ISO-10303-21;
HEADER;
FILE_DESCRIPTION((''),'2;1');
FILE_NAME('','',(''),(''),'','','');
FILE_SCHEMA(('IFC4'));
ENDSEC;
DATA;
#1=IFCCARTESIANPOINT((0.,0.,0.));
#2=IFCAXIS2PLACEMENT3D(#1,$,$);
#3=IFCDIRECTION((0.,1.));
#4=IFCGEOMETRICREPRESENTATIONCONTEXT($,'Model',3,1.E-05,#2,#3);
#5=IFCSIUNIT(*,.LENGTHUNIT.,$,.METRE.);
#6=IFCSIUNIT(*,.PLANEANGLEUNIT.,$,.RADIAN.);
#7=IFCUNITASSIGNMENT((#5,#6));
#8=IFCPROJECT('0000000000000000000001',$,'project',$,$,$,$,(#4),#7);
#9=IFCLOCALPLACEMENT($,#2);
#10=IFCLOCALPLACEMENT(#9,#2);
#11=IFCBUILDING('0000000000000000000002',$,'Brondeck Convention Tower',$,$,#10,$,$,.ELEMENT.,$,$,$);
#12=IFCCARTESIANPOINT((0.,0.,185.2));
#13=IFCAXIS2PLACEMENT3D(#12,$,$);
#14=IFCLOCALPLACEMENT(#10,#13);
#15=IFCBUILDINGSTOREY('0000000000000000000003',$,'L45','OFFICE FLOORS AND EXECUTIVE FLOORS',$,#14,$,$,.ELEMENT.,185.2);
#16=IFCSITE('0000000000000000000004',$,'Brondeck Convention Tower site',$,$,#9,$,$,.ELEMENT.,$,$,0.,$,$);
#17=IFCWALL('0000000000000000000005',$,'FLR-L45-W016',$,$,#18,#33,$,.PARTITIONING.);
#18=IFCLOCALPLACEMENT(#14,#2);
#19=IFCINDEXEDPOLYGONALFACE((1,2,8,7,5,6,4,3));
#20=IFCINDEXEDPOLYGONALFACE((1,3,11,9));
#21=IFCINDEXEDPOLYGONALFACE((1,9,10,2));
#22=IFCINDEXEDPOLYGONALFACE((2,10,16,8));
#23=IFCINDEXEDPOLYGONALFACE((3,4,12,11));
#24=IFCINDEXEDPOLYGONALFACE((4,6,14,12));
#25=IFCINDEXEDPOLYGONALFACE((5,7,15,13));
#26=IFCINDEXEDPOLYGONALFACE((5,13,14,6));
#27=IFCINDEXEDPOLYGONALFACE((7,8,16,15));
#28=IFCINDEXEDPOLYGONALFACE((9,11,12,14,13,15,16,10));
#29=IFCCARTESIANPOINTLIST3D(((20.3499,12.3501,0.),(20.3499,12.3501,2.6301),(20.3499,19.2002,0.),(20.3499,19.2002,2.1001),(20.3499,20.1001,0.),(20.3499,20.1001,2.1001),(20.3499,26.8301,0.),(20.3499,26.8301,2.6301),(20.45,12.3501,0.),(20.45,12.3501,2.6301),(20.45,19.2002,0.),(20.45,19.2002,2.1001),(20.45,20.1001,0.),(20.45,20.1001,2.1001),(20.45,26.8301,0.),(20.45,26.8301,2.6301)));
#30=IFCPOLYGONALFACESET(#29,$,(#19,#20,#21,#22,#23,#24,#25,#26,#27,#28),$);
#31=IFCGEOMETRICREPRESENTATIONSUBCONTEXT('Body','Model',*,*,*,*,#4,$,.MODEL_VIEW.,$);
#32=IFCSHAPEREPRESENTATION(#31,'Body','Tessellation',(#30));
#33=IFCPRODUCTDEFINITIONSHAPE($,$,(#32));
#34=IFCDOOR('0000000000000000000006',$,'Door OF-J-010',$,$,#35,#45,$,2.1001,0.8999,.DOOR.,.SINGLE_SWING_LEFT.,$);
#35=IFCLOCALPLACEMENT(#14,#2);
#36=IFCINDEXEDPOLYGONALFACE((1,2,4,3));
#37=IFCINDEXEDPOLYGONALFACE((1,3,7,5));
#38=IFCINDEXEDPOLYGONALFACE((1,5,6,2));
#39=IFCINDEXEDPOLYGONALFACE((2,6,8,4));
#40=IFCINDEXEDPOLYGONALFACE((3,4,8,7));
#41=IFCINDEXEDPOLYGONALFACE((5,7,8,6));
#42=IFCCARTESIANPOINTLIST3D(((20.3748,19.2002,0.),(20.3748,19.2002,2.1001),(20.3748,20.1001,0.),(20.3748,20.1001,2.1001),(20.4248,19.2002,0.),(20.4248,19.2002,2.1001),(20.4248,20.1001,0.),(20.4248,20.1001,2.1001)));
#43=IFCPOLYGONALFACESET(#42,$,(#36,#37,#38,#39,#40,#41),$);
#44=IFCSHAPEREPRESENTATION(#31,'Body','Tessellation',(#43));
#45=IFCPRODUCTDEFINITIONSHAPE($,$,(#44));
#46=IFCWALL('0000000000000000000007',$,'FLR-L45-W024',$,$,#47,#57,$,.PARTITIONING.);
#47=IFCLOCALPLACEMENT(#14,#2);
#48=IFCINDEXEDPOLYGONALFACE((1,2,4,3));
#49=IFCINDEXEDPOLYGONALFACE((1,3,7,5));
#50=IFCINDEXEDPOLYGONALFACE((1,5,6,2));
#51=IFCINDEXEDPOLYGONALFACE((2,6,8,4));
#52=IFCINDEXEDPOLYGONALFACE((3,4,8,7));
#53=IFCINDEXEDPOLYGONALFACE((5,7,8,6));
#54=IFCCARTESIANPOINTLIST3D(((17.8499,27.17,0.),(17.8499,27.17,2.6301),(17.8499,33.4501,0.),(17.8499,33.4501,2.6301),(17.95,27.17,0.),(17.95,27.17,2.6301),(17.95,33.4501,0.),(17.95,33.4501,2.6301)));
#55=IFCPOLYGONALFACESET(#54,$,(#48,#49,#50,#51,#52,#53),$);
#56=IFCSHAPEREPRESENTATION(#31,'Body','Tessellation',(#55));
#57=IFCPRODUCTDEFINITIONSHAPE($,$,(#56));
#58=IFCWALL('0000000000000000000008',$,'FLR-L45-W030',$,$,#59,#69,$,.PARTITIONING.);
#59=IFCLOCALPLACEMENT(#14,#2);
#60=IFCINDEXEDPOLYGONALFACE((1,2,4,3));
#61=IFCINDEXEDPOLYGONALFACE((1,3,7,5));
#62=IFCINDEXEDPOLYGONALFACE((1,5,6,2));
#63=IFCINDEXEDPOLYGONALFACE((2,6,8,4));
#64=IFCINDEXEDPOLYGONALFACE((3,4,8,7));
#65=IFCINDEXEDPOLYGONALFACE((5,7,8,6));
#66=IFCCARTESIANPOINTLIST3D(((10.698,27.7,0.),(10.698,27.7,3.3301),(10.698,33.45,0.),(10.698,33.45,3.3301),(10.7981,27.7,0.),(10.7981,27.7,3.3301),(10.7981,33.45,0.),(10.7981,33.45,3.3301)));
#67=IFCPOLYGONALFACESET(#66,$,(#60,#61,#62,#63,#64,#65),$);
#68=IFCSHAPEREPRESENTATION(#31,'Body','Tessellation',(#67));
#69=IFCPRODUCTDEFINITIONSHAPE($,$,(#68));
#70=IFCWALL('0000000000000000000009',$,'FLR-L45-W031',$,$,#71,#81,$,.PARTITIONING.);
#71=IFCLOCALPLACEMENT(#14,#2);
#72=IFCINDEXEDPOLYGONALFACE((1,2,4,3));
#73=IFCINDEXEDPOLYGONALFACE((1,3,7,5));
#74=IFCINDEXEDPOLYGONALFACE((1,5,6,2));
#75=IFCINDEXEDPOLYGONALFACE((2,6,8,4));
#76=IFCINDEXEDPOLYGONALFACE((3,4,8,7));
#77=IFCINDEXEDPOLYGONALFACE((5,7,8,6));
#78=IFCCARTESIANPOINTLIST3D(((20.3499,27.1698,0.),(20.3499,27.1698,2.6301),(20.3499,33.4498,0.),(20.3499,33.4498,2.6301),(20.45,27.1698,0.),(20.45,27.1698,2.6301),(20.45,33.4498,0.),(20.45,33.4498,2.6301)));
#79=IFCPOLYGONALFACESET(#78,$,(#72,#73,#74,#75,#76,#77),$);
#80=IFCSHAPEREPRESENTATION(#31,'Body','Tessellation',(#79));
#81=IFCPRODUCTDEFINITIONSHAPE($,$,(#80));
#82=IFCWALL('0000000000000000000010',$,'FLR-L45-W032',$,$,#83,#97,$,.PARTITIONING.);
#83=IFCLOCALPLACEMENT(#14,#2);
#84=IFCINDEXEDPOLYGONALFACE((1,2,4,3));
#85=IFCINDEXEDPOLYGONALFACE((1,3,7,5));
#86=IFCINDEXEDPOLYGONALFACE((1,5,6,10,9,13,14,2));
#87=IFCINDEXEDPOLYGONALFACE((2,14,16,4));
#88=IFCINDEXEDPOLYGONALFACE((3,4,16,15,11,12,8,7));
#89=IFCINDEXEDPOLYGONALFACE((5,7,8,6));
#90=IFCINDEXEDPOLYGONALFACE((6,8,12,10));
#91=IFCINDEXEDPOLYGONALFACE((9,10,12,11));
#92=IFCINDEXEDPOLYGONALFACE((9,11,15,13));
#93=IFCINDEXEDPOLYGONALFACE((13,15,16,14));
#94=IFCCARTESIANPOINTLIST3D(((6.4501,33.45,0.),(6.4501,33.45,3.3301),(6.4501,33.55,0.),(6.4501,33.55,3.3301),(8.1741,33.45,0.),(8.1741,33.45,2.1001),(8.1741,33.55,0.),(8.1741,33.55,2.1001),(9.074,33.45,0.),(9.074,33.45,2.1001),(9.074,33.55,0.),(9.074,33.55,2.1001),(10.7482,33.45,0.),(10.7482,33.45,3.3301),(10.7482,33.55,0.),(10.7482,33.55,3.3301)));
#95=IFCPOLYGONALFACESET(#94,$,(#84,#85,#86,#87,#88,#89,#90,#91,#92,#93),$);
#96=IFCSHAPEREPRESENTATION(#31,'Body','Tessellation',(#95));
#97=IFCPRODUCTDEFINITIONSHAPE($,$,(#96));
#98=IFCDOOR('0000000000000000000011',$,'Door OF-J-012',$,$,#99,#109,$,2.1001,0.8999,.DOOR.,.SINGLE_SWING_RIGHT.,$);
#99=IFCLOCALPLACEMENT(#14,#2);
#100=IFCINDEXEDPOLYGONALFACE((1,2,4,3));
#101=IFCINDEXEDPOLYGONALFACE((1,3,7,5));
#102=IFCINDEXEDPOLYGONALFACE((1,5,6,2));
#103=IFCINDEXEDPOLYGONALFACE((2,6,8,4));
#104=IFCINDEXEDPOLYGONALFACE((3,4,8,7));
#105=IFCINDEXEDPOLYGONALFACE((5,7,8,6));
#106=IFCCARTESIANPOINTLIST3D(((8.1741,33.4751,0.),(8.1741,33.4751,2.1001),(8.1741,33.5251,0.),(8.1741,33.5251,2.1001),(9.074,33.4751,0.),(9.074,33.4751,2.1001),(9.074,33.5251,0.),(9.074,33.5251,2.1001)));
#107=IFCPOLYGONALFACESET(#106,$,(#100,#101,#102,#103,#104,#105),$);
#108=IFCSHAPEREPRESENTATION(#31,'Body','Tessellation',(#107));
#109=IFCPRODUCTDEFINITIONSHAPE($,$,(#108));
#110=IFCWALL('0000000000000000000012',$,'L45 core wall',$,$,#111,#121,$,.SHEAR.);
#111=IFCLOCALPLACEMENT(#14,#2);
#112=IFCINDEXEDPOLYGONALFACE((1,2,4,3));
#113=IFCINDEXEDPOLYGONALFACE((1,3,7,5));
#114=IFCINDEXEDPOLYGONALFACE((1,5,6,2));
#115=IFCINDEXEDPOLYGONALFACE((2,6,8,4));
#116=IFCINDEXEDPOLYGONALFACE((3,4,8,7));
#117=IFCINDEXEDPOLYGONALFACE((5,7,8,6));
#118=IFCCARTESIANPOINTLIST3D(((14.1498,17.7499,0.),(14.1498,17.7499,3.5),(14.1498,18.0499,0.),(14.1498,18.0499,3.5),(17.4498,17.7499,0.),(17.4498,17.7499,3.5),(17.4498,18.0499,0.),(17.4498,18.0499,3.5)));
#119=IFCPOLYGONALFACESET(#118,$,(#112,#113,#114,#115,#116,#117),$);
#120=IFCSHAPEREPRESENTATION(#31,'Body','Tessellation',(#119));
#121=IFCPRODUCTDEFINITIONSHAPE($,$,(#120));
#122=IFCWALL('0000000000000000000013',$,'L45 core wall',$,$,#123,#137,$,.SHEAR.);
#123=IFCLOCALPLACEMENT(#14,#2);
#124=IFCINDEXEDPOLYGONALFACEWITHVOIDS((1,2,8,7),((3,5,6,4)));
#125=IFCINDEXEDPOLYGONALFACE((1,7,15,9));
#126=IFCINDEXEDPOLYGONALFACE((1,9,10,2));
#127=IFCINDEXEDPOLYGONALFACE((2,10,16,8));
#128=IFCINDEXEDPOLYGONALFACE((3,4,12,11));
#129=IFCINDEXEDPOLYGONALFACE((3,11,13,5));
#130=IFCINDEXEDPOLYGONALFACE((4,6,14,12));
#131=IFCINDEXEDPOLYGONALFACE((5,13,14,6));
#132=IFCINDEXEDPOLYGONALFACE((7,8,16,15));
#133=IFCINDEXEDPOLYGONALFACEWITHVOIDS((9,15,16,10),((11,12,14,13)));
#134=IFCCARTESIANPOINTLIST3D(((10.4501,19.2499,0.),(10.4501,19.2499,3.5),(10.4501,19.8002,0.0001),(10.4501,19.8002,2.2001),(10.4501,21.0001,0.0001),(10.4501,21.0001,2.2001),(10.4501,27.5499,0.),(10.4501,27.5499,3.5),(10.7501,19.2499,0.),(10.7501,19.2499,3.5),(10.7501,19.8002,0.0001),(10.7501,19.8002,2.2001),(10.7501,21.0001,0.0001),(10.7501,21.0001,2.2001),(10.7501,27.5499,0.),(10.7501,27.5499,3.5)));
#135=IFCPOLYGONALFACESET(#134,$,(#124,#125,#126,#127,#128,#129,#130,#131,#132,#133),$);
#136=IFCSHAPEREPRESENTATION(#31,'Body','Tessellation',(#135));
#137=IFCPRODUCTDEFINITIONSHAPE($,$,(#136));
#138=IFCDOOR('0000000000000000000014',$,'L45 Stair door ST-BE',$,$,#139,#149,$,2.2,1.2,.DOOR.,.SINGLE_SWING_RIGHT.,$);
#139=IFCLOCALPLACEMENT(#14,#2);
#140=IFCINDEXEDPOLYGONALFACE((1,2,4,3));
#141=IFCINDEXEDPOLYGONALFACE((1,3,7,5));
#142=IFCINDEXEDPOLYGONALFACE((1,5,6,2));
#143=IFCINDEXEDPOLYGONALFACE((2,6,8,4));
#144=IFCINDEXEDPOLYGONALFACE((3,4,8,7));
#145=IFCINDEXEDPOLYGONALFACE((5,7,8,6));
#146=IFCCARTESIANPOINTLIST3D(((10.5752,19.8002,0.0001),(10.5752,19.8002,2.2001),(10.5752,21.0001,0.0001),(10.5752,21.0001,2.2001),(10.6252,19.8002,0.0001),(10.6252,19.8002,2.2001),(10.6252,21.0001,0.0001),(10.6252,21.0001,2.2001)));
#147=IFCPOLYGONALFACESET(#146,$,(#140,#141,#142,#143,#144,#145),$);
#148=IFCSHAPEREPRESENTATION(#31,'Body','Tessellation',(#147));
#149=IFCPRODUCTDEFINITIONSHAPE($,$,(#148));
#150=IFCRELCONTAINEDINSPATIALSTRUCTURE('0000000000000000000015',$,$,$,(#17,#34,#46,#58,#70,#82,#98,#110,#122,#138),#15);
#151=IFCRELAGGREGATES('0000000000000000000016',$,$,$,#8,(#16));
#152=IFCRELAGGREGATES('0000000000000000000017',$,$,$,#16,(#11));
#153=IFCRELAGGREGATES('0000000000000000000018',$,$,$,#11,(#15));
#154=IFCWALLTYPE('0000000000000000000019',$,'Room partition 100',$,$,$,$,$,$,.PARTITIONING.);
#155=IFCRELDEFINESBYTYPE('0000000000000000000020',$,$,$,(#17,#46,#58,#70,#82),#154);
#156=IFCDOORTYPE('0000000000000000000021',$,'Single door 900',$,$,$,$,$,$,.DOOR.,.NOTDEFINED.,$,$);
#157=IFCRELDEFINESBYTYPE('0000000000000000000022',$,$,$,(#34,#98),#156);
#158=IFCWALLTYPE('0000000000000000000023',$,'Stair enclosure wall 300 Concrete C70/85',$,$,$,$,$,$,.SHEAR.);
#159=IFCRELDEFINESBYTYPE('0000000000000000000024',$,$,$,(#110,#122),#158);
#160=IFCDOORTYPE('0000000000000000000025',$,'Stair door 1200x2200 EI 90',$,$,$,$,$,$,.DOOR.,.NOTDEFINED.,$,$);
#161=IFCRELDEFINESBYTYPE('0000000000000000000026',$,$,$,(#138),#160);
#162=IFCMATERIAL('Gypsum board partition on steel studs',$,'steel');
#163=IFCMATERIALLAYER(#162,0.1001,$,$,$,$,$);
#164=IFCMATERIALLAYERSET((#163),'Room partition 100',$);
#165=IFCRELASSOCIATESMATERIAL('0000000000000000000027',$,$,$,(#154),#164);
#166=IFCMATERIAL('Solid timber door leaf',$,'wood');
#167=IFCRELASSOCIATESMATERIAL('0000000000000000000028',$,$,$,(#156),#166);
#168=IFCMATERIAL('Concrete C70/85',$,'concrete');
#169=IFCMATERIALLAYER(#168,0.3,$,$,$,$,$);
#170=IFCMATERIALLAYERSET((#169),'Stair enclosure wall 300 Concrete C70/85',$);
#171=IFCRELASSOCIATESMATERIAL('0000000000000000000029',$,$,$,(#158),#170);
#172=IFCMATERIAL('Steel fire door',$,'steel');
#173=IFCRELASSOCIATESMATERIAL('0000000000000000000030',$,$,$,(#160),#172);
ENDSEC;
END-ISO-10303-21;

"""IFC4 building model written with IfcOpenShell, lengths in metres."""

from ifc_helpers import new_model, si_unit, direction, frame, frame_2d, origin, place, context, subcontext, project, spatial, rectangle, extrude, material, layer, layer_set, type_object, element, fill, save


model = new_model("IFC4")

# Units and contexts
model_context = context("Model", 3, precision=1e-05, world=origin(), true_north=direction((0.0, 1.0)))
body_context = subcontext(model_context, "Body", "Model", "MODEL_VIEW")
ifc_project = project(units=[si_unit("LENGTHUNIT", "METRE"), si_unit("PLANEANGLEUNIT", "RADIAN")], contexts=[model_context])

# Site, building, storey
site_placement = place(None, origin())
site = spatial("IfcSite", under=ifc_project, at=site_placement, Name="Brondeck Convention Tower site", CompositionType="ELEMENT", RefElevation=0.0)
building_placement = place(site_placement, origin())
building = spatial("IfcBuilding", under=site, at=building_placement, Name="Brondeck Convention Tower", CompositionType="ELEMENT")
storey_placement = place(building_placement, frame((0.0, 0.0, 185.2)))
storey = spatial("IfcBuildingStorey", under=building, at=storey_placement, Name="L45", Description="OFFICE FLOORS AND EXECUTIVE FLOORS", CompositionType="ELEMENT", Elevation=185.2)

# Shared definitions
ifc_material_1 = material(Name="Concrete C70/85", Category="concrete")

# Shared definitions
ifc_material_2 = material(Name="Gypsum board partition on steel studs", Category="steel")
ifc_layer_1 = layer(ifc_material_2, 0.1001)
ifc_layer_set_1 = layer_set([ifc_layer_1], Name="Room partition 100")
wall_type_1 = type_object("IfcWallType", Name="Room partition 100", PredefinedType="PARTITIONING", material=ifc_layer_set_1)

# Wall, opening, door
wall_1_placement = place(storey_placement, frame((20.3999, 26.8301, 0.0), z_axis=(0.0, 0.0, 1.0), x_axis=(0.0, -1.0, 0.0)))
wall_1 = element("IfcWall", 1, at=wall_1_placement, inside=storey, type_object=wall_type_1, Name="FLR-L45-W016", PredefinedType="PARTITIONING", context=body_context, shape_type="SweptSolid", body=[
    extrude(rectangle(XDim=14.48, YDim=0.1001, at=frame_2d((7.24, 0.0))), origin(), (0.0, 0.0, 1.0), 2.6301),
])
opening_1_placement = place(wall_1_placement, frame((6.73, 0.0, 0.0)))
opening_1 = element("IfcOpeningElement", 2, at=opening_1_placement, cuts=wall_1, PredefinedType="OPENING", context=body_context, shape_type="SweptSolid", body=[
    extrude(rectangle(XDim=0.8999, YDim=2.1001, at=frame_2d((0.45, 1.05))), frame((0.0, 0.0601, 0.0), z_axis=(0.0, -1.0, 0.0), x_axis=(1.0, 0.0, 0.0)), (0.0, 0.0, 1.0), 0.1201),
])
ifc_material_3 = material(Name="Solid timber door leaf", Category="wood")
door_type_1 = type_object("IfcDoorType", Name="Single door 900", OperationType="NOTDEFINED", PredefinedType="DOOR", material=ifc_material_3)
door_1_placement = place(opening_1_placement, origin())
door_1 = element("IfcDoor", 3, at=door_1_placement, inside=storey, type_object=door_type_1, Name="Door OF-J-010", OperationType="SINGLE_SWING_LEFT", OverallHeight=2.1001, OverallWidth=0.8999, PredefinedType="DOOR", context=body_context, shape_type="SweptSolid", body=[
    extrude(rectangle(XDim=0.8999, YDim=2.1001, at=frame_2d((0.45, 1.05))), frame((0.0, 0.0249, 0.0), z_axis=(0.0, -1.0, 0.0), x_axis=(1.0, 0.0, 0.0)), (0.0, 0.0, 1.0), 0.05),
])
fill(opening_1, door_1)

# Walls
wall_2_placement = place(storey_placement, frame((17.8999, 27.1699, 0.0), z_axis=(0.0, 0.0, 1.0), x_axis=(0.0, 1.0, 0.0)))
element("IfcWall", 4, at=wall_2_placement, inside=storey, type_object=wall_type_1, Name="FLR-L45-W024", PredefinedType="PARTITIONING", context=body_context, shape_type="SweptSolid", body=[
    extrude(rectangle(XDim=6.28, YDim=0.1001, at=frame_2d((3.1401, 0.0))), origin(), (0.0, 0.0, 1.0), 2.6301),
])
wall_3_placement = place(storey_placement, frame((10.748, 33.45, 0.0), z_axis=(0.0, 0.0, 1.0), x_axis=(0.0, -1.0, 0.0)))
element("IfcWall", 5, at=wall_3_placement, inside=storey, type_object=wall_type_1, Name="FLR-L45-W030", PredefinedType="PARTITIONING", context=body_context, shape_type="SweptSolid", body=[
    extrude(rectangle(XDim=5.75, YDim=0.1001, at=frame_2d((2.875, 0.0))), origin(), (0.0, 0.0, 1.0), 3.3301),
])
wall_4_placement = place(storey_placement, frame((20.3999, 33.45, 0.0), z_axis=(0.0, 0.0, 1.0), x_axis=(0.0, -1.0, 0.0)))
element("IfcWall", 6, at=wall_4_placement, inside=storey, type_object=wall_type_1, Name="FLR-L45-W031", PredefinedType="PARTITIONING", context=body_context, shape_type="SweptSolid", body=[
    extrude(rectangle(XDim=6.28, YDim=0.1001, at=frame_2d((3.1401, 0.0))), origin(), (0.0, 0.0, 1.0), 2.6301),
])

# Wall, opening, door
wall_5_placement = place(storey_placement, frame((10.748, 33.5, 0.0), z_axis=(0.0, 0.0, 1.0), x_axis=(-1.0, 0.0, 0.0)))
wall_5 = element("IfcWall", 7, at=wall_5_placement, inside=storey, type_object=wall_type_1, Name="FLR-L45-W032", PredefinedType="PARTITIONING", context=body_context, shape_type="SweptSolid", body=[
    extrude(rectangle(XDim=4.2981, YDim=0.1001, at=frame_2d((2.1489, 0.0))), origin(), (0.0, 0.0, 1.0), 3.3301),
])
opening_2_placement = place(wall_5_placement, frame((1.6741, 0.0, 0.0)))
opening_2 = element("IfcOpeningElement", 8, at=opening_2_placement, cuts=wall_5, PredefinedType="OPENING", context=body_context, shape_type="SweptSolid", body=[
    extrude(rectangle(XDim=0.8999, YDim=2.1001, at=frame_2d((0.45, 1.05))), frame((0.0, 0.0601, 0.0), z_axis=(0.0, -1.0, 0.0), x_axis=(1.0, 0.0, 0.0)), (0.0, 0.0, 1.0), 0.1201),
])
door_2_placement = place(opening_2_placement, origin())
door_2 = element("IfcDoor", 9, at=door_2_placement, inside=storey, type_object=door_type_1, Name="Door OF-J-012", OperationType="SINGLE_SWING_RIGHT", OverallHeight=2.1001, OverallWidth=0.8999, PredefinedType="DOOR", context=body_context, shape_type="SweptSolid", body=[
    extrude(rectangle(XDim=0.8999, YDim=2.1001, at=frame_2d((0.45, 1.05))), frame((0.0, 0.0249, 0.0), z_axis=(0.0, -1.0, 0.0), x_axis=(1.0, 0.0, 0.0)), (0.0, 0.0, 1.0), 0.05),
])
fill(opening_2, door_2)

# Wall
ifc_layer_2 = layer(ifc_material_1, 0.3)
ifc_layer_set_2 = layer_set([ifc_layer_2], Name="Stair enclosure wall 300 Concrete C70/85")
wall_type_2 = type_object("IfcWallType", Name="Stair enclosure wall 300 Concrete C70/85", PredefinedType="SHEAR", material=ifc_layer_set_2)
wall_6_placement = place(storey_placement, frame((14.1499, 17.8999, 0.0), z_axis=(0.0, 0.0, 1.0), x_axis=(1.0, 0.0, 0.0)))
element("IfcWall", 10, at=wall_6_placement, inside=storey, type_object=wall_type_2, Name="L45 core wall", PredefinedType="SHEAR", context=body_context, shape_type="SweptSolid", body=[
    extrude(rectangle(XDim=3.3, YDim=0.3, at=frame_2d((1.6499, 0.0))), origin(), (0.0, 0.0, 1.0), 3.5),
])

# Wall, opening, door
wall_7_placement = place(storey_placement, frame((10.6001, 19.25, 0.0), z_axis=(0.0, 0.0, 1.0), x_axis=(0.0, 1.0, 0.0)))
wall_7 = element("IfcWall", 11, at=wall_7_placement, inside=storey, type_object=wall_type_2, Name="L45 core wall", PredefinedType="SHEAR", context=body_context, shape_type="SweptSolid", body=[
    extrude(rectangle(XDim=8.3, YDim=0.3, at=frame_2d((4.1499, 0.0))), origin(), (0.0, 0.0, 1.0), 3.5),
])
opening_3_placement = place(wall_7_placement, frame((0.55, 0.0, 0.0)))
opening_3 = element("IfcOpeningElement", 12, at=opening_3_placement, cuts=wall_7, PredefinedType="OPENING", context=body_context, shape_type="SweptSolid", body=[
    extrude(rectangle(XDim=1.2, YDim=2.2, at=frame_2d((0.6001, 1.1001))), frame((0.0, 0.1599, 0.0), z_axis=(0.0, -1.0, 0.0), x_axis=(1.0, 0.0, 0.0)), (0.0, 0.0, 1.0), 0.3201),
])
ifc_material_4 = material(Name="Steel fire door", Category="steel")
door_type_2 = type_object("IfcDoorType", Name="Stair door 1200x2200 EI 90", OperationType="NOTDEFINED", PredefinedType="DOOR", material=ifc_material_4)
door_3_placement = place(opening_3_placement, origin())
door_3 = element("IfcDoor", 13, at=door_3_placement, inside=storey, type_object=door_type_2, Name="L45 Stair door ST-BE", OperationType="SINGLE_SWING_RIGHT", OverallHeight=2.2, OverallWidth=1.2, PredefinedType="DOOR", context=body_context, shape_type="SweptSolid", body=[
    extrude(rectangle(XDim=1.2, YDim=2.2, at=frame_2d((0.6001, 1.1001))), frame((0.0, 0.0249, 0.0), z_axis=(0.0, -1.0, 0.0), x_axis=(1.0, 0.0, 0.0)), (0.0, 0.0, 1.0), 0.05),
])
fill(opening_3, door_3)

save(model, "model.ifc")
